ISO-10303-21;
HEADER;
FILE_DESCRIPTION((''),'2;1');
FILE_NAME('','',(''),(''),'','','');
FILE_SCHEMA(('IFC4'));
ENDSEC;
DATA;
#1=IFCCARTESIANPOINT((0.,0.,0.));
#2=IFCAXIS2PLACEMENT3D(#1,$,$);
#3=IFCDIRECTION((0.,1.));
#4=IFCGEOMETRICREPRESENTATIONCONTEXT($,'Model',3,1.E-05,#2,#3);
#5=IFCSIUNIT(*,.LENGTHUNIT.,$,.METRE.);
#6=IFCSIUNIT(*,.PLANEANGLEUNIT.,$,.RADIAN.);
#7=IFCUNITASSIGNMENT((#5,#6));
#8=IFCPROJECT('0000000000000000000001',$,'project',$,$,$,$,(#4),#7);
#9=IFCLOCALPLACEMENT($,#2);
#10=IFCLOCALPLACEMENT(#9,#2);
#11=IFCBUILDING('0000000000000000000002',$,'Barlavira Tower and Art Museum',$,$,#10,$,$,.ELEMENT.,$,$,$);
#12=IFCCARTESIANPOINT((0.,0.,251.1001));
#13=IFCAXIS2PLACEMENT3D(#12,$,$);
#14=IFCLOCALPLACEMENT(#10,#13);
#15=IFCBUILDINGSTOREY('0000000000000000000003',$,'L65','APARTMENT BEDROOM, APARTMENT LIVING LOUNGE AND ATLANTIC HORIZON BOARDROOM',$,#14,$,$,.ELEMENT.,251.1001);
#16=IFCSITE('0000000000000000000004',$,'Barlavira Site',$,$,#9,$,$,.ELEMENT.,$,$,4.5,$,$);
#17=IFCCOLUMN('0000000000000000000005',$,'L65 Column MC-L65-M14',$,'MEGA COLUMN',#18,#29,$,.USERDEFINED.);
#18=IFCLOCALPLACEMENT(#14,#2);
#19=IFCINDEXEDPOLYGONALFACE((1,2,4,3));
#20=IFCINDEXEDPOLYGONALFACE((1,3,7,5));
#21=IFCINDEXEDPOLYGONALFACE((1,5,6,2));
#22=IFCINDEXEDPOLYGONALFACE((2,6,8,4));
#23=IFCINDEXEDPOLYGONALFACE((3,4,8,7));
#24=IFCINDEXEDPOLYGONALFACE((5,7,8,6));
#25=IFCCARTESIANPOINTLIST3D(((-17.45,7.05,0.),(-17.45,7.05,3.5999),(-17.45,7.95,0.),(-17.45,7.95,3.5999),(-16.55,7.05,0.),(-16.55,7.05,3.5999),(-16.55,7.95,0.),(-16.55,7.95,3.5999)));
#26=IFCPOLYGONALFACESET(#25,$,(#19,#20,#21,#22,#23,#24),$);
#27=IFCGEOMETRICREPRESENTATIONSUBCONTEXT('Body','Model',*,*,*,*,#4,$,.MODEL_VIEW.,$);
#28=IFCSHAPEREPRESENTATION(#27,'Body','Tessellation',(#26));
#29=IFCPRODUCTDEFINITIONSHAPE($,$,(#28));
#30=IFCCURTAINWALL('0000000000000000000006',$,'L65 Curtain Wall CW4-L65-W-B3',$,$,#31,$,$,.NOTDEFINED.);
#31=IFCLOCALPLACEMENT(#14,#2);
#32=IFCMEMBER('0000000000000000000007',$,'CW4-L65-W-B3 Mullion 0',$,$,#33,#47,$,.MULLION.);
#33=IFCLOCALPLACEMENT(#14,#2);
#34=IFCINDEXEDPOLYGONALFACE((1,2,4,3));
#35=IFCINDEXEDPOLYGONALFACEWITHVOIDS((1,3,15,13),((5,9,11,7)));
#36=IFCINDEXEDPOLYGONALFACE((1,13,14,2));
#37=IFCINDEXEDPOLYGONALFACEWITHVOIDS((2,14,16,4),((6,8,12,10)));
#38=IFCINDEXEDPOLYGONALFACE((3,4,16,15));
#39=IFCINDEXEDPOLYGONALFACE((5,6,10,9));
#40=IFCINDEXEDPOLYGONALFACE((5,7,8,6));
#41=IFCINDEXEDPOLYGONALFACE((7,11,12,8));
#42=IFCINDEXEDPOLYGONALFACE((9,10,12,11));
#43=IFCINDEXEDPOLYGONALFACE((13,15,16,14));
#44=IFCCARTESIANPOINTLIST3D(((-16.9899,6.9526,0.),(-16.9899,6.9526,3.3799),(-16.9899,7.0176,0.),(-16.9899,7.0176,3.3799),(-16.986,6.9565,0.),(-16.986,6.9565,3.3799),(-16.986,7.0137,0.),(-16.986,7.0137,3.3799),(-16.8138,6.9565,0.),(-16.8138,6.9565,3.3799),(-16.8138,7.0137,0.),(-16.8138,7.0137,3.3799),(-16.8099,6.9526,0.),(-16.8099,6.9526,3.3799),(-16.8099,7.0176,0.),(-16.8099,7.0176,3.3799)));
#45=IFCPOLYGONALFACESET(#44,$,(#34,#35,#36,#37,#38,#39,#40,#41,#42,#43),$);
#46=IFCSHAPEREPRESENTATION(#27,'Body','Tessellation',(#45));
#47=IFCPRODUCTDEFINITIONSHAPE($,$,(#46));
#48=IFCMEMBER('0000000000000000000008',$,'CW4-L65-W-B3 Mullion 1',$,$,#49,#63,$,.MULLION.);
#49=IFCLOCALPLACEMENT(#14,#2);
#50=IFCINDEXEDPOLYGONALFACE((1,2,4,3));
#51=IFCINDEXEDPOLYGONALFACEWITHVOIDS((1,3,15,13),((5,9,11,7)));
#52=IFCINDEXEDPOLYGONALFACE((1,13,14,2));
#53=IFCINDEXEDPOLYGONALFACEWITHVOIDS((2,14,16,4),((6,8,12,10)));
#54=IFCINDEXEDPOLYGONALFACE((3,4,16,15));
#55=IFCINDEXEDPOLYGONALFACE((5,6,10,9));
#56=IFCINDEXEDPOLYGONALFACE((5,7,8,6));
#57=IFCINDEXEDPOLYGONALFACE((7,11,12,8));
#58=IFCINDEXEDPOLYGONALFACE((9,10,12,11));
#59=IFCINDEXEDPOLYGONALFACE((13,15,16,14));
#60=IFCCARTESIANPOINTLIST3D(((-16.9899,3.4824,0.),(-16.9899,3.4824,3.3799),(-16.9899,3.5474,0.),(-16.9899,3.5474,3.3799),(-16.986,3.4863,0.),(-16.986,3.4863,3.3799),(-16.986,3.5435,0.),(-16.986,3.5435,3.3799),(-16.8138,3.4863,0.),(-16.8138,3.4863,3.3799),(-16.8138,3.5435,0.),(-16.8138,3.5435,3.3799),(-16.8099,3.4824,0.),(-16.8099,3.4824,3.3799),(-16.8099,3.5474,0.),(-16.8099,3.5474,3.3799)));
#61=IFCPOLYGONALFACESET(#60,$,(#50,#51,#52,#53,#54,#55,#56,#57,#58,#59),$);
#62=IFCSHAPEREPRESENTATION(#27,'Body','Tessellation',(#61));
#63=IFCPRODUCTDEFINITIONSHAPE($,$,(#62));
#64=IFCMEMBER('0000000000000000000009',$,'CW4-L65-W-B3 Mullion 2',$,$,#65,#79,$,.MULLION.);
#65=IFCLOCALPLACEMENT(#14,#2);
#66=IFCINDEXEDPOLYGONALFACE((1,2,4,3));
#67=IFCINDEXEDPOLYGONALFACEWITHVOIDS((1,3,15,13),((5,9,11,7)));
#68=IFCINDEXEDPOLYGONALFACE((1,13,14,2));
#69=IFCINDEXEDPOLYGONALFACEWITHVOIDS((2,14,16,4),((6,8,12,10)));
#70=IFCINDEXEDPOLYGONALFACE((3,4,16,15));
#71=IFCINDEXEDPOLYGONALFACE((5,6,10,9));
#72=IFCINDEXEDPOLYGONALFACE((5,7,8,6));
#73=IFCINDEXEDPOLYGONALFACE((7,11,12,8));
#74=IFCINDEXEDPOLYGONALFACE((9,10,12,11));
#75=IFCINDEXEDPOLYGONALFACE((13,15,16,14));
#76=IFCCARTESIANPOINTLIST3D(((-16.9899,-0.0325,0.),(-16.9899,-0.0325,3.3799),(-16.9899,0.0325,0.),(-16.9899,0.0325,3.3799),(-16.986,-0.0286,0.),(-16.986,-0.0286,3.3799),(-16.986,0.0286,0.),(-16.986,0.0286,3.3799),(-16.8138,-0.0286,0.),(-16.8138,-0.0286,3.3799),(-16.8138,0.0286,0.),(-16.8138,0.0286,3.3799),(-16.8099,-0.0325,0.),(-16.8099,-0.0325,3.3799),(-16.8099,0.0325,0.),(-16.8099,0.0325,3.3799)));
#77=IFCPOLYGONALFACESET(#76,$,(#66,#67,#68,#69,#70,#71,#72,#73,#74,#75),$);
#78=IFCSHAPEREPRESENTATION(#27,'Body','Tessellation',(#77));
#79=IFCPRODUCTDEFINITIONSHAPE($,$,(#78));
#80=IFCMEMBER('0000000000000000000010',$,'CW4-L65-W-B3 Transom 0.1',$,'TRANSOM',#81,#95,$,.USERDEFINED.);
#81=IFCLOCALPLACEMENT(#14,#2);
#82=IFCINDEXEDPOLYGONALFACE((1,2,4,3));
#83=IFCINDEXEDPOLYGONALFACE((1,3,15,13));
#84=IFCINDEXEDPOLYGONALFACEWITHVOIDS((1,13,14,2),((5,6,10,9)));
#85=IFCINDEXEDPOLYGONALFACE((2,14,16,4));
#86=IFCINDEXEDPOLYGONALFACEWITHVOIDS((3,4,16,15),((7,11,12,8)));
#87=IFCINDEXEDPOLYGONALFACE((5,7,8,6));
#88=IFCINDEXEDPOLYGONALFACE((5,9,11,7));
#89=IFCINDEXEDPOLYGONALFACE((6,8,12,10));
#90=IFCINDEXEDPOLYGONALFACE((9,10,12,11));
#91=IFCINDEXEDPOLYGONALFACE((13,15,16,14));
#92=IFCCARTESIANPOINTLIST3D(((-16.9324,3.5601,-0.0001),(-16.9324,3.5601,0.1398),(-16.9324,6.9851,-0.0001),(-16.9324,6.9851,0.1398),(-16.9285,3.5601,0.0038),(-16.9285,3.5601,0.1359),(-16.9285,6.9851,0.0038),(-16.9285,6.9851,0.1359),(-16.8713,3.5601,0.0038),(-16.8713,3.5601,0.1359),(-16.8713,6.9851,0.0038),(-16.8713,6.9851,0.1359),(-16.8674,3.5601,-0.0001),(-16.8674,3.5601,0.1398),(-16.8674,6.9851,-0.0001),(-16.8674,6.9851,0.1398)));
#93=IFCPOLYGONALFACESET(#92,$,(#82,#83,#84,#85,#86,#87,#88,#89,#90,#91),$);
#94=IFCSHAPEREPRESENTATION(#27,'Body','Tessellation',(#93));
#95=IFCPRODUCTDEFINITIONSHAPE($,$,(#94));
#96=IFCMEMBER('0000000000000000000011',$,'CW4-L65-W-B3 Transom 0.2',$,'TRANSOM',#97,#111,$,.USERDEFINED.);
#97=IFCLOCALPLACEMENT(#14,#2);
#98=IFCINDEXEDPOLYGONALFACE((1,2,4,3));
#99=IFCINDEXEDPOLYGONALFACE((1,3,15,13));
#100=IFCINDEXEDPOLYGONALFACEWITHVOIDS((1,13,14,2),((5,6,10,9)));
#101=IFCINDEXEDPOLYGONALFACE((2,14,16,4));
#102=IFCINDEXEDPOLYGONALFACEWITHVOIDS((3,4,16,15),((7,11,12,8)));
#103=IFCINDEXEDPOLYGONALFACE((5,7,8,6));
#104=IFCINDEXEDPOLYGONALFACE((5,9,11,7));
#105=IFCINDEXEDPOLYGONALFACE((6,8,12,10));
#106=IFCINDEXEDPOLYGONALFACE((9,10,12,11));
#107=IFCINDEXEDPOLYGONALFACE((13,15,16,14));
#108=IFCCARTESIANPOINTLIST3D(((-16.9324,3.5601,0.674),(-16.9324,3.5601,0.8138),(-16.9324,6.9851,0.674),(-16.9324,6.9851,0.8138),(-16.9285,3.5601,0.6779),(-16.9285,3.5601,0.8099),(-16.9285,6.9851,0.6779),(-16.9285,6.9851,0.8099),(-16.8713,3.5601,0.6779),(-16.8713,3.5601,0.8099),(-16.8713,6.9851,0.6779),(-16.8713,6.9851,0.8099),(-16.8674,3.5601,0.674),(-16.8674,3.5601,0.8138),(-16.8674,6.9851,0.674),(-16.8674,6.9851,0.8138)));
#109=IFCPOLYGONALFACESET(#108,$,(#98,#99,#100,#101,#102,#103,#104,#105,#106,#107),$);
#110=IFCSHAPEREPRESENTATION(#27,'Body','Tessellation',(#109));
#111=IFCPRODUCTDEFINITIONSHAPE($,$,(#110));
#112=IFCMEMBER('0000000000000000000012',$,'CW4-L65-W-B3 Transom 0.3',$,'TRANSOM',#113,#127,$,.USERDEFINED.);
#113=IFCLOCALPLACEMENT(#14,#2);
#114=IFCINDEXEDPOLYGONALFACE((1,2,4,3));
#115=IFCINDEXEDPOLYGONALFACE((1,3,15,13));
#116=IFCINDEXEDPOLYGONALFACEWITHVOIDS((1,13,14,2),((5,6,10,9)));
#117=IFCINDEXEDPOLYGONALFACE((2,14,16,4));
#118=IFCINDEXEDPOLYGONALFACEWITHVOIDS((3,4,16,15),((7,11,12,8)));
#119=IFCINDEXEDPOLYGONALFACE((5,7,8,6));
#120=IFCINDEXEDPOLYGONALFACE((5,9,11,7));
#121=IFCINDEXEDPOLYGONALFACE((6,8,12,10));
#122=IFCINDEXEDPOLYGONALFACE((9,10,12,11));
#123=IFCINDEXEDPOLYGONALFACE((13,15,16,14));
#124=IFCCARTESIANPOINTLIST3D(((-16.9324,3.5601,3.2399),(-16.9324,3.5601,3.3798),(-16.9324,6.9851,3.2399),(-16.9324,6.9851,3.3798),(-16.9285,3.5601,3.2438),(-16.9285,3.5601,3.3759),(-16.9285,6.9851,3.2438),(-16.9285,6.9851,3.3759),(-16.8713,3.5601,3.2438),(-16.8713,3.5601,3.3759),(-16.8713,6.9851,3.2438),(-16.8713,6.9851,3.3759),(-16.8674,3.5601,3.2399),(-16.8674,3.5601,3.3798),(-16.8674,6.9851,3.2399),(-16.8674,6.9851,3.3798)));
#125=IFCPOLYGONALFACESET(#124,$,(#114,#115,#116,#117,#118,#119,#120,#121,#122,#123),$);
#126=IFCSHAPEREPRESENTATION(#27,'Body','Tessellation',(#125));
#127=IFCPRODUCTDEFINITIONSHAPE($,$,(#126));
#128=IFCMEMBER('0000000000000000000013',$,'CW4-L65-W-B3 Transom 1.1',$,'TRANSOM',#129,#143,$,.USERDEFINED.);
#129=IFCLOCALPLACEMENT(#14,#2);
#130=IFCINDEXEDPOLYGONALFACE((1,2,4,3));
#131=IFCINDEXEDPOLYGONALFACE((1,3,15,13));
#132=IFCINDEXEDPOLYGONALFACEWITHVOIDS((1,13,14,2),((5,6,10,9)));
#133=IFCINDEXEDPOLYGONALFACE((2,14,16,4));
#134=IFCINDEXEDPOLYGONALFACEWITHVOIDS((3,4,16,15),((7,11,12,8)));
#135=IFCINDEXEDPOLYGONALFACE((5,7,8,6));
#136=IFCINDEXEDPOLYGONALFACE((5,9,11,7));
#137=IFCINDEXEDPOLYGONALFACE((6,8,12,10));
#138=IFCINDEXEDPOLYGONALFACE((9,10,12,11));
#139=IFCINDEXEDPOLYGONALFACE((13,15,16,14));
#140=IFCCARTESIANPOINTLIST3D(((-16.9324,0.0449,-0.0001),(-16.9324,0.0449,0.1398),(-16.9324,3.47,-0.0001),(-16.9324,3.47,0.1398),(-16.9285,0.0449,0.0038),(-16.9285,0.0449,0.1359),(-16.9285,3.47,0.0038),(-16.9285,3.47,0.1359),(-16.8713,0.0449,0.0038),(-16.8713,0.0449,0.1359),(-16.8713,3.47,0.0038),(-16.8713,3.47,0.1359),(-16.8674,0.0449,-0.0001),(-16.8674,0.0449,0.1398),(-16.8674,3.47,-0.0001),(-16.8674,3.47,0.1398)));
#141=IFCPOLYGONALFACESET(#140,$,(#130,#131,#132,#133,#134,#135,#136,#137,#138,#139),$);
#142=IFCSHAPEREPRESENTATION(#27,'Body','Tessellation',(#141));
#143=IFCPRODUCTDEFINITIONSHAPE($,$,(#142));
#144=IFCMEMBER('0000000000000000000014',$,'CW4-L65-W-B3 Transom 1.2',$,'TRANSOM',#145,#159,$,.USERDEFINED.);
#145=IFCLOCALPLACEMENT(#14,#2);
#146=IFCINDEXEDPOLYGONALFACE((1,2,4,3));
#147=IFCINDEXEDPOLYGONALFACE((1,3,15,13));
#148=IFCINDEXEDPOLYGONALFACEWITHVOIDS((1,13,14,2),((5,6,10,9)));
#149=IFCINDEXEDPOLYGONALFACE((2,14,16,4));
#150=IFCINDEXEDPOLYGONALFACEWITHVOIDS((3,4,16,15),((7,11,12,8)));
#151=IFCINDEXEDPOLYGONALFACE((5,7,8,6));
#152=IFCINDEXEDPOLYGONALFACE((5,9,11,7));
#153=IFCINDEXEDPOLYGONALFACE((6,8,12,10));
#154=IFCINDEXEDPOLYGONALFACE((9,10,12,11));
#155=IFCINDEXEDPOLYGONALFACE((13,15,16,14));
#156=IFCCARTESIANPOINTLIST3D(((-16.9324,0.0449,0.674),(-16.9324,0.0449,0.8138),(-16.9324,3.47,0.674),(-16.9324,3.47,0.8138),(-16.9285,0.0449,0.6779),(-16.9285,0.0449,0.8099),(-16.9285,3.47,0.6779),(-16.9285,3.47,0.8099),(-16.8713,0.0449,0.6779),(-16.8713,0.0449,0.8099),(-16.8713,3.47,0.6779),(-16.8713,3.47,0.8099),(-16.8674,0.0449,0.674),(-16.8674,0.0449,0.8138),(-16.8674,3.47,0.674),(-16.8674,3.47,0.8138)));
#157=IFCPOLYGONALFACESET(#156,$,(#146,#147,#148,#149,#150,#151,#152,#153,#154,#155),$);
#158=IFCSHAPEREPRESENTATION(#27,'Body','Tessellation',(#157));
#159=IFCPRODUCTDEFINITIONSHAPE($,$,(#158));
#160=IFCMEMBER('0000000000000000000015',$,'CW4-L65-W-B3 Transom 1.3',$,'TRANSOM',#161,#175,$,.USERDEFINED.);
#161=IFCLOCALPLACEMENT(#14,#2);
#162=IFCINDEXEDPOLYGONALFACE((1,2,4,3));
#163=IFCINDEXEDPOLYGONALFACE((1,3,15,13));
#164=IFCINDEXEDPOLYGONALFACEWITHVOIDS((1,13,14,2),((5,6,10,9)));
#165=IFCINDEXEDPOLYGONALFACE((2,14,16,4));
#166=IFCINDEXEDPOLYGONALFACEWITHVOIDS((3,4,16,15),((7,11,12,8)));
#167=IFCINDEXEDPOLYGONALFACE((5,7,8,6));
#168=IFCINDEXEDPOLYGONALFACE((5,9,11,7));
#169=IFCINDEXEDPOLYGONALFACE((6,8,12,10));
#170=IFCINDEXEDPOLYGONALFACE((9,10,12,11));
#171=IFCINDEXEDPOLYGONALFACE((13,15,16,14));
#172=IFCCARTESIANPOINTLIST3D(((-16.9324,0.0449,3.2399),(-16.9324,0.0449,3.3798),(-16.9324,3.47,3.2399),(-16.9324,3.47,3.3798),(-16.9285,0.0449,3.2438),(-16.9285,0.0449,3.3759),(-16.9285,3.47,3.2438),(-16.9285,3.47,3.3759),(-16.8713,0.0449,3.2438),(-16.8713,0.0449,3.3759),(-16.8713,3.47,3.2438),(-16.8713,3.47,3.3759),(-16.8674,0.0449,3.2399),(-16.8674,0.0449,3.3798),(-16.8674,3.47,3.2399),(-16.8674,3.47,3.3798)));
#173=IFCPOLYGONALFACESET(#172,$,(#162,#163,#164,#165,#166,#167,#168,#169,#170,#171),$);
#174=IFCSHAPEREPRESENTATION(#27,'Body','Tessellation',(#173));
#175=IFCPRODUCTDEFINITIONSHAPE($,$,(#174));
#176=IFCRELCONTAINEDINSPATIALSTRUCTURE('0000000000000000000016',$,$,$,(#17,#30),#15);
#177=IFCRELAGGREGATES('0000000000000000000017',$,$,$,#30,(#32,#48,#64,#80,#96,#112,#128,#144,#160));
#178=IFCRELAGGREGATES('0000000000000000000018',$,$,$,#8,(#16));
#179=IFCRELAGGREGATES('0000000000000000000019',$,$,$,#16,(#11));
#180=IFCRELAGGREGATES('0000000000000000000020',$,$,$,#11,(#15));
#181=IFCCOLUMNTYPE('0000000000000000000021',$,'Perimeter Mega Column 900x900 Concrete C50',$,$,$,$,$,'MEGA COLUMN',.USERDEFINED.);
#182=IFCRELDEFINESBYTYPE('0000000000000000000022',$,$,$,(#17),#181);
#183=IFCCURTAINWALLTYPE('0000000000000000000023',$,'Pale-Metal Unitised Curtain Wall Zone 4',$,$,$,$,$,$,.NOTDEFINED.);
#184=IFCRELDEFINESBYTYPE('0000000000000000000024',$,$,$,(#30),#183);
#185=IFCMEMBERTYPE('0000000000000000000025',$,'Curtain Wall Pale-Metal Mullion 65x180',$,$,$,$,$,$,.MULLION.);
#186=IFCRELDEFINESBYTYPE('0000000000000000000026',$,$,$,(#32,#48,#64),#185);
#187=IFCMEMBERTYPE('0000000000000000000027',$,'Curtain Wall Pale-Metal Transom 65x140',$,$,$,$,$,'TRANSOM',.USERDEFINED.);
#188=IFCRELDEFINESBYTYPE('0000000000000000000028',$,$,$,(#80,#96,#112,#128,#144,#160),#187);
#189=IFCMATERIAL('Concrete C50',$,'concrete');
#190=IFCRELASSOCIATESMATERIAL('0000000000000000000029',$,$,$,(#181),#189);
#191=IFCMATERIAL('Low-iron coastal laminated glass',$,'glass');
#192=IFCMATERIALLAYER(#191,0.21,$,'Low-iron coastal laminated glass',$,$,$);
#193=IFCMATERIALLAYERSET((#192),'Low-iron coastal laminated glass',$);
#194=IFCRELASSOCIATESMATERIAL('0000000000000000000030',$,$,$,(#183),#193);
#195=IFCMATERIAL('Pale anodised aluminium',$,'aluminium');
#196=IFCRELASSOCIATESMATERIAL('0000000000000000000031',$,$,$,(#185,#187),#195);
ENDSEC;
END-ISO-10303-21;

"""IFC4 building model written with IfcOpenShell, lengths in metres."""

from ifc_helpers import new_model, si_unit, direction, frame, origin, origin_2d, place, context, subcontext, project, spatial, rectangle, hollow_rectangle, extrude, material, layer, layer_set, material_profile, profile_set, type_object, element, aggregate, save


model = new_model("IFC4")

# Units and contexts
model_context = context("Model", 3, precision=1e-05, world=origin(), true_north=direction((0.0, 1.0)))
body_context = subcontext(model_context, "Body", "Model", "MODEL_VIEW")
ifc_project = project(units=[si_unit("LENGTHUNIT", "METRE"), si_unit("PLANEANGLEUNIT", "RADIAN")], contexts=[model_context])

# Site, building, storey
site_placement = place(None, origin())
site = spatial("IfcSite", under=ifc_project, at=site_placement, Name="Barlavira Site", CompositionType="ELEMENT", RefElevation=4.5)
building_placement = place(site_placement, origin())
building = spatial("IfcBuilding", under=site, at=building_placement, Name="Barlavira Tower and Art Museum", CompositionType="ELEMENT")
storey_placement = place(building_placement, frame((0.0, 0.0, 251.1001)))
storey = spatial("IfcBuildingStorey", under=building, at=storey_placement, Name="L65", Description="APARTMENT BEDROOM, APARTMENT LIVING LOUNGE AND ATLANTIC HORIZON BOARDROOM", CompositionType="ELEMENT", Elevation=251.1001)

# Column
ifc_material_1 = material(Name="Concrete C50", Category="concrete")
ifc_material_profile_1 = material_profile(ifc_material_1, rectangle(XDim=0.8999, YDim=0.8999, at=origin_2d()), Name="RC-COL 900x900")
ifc_profile_set_1 = profile_set([ifc_material_profile_1], Name="Concrete C50")
column_type = type_object("IfcColumnType", Name="Perimeter Mega Column 900x900 Concrete C50", ElementType="MEGA COLUMN", PredefinedType="USERDEFINED", material=ifc_profile_set_1)
column_placement = place(storey_placement, frame((-17.0, 7.5, 0.0), z_axis=(0.0, 0.0, 1.0), x_axis=(1.0, 0.0, 0.0)))
element("IfcColumn", 1, at=column_placement, inside=storey, type_object=column_type, Name="L65 Column MC-L65-M14", ObjectType="MEGA COLUMN", PredefinedType="USERDEFINED", context=body_context, shape_type="SweptSolid", body=[
    extrude(rectangle(XDim=0.8999, YDim=0.8999, at=origin_2d()), origin(), (0.0, 0.0, 1.0), 3.5999),
])

# Curtain wall, members
ifc_material_2 = material(Name="Low-iron coastal laminated glass", Category="glass")
ifc_layer_1 = layer(ifc_material_2, 0.21, Name="Low-iron coastal laminated glass")
ifc_layer_set_1 = layer_set([ifc_layer_1], Name="Low-iron coastal laminated glass")
curtain_wall_type = type_object("IfcCurtainWallType", Name="Pale-Metal Unitised Curtain Wall Zone 4", PredefinedType="NOTDEFINED", material=ifc_layer_set_1)
curtain_wall_placement = place(storey_placement, origin())
curtain_wall = element("IfcCurtainWall", 2, at=curtain_wall_placement, inside=storey, type_object=curtain_wall_type, Name="L65 Curtain Wall CW4-L65-W-B3", PredefinedType="NOTDEFINED")
ifc_material_3 = material(Name="Pale anodised aluminium", Category="aluminium")
ifc_material_profile_2 = material_profile(ifc_material_3, hollow_rectangle(XDim=0.0649, YDim=0.1799, WallThickness=0.0039, at=origin_2d()), Name="ALU-MULL 65x180x4")
ifc_profile_set_2 = profile_set([ifc_material_profile_2], Name="Pale anodised aluminium")
member_type_1 = type_object("IfcMemberType", Name="Curtain Wall Pale-Metal Mullion 65x180", PredefinedType="MULLION", material=ifc_profile_set_2)
member_1_placement = place(storey_placement, frame((-16.8999, 6.9851, 0.0), z_axis=(0.0, 0.0, 1.0), x_axis=(0.0, -1.0, 0.0)))
member_1 = element("IfcMember", 3, at=member_1_placement, type_object=member_type_1, Name="CW4-L65-W-B3 Mullion 0", PredefinedType="MULLION", context=body_context, shape_type="SweptSolid", body=[
    extrude(hollow_rectangle(XDim=0.0649, YDim=0.1799, WallThickness=0.0039, at=origin_2d()), origin(), (0.0, 0.0, 1.0), 3.3799),
])
member_2_placement = place(storey_placement, frame((-16.8999, 3.5149, 0.0), z_axis=(0.0, 0.0, 1.0), x_axis=(0.0, -1.0, 0.0)))
member_2 = element("IfcMember", 4, at=member_2_placement, type_object=member_type_1, Name="CW4-L65-W-B3 Mullion 1", PredefinedType="MULLION", context=body_context, shape_type="SweptSolid", body=[
    extrude(hollow_rectangle(XDim=0.0649, YDim=0.1799, WallThickness=0.0039, at=origin_2d()), origin(), (0.0, 0.0, 1.0), 3.3799),
])
member_3_placement = place(storey_placement, frame((-16.8999, 0.0, 0.0), z_axis=(0.0, 0.0, 1.0), x_axis=(0.0, -1.0, 0.0)))
member_3 = element("IfcMember", 5, at=member_3_placement, type_object=member_type_1, Name="CW4-L65-W-B3 Mullion 2", PredefinedType="MULLION", context=body_context, shape_type="SweptSolid", body=[
    extrude(hollow_rectangle(XDim=0.0649, YDim=0.1799, WallThickness=0.0039, at=origin_2d()), origin(), (0.0, 0.0, 1.0), 3.3799),
])
ifc_material_profile_3 = material_profile(ifc_material_3, hollow_rectangle(XDim=0.0649, YDim=0.1399, WallThickness=0.0039, at=origin_2d()), Name="ALU-TRAN 65x140x4")
ifc_profile_set_3 = profile_set([ifc_material_profile_3], Name="Pale anodised aluminium")
member_type_2 = type_object("IfcMemberType", Name="Curtain Wall Pale-Metal Transom 65x140", ElementType="TRANSOM", PredefinedType="USERDEFINED", material=ifc_profile_set_3)
member_4_placement = place(storey_placement, frame((-16.8999, 6.9851, 0.0698), z_axis=(0.0, -1.0, 0.0), x_axis=(1.0, 0.0, 0.0)))
member_4 = element("IfcMember", 6, at=member_4_placement, type_object=member_type_2, Name="CW4-L65-W-B3 Transom 0.1", ObjectType="TRANSOM", PredefinedType="USERDEFINED", context=body_context, shape_type="SweptSolid", body=[
    extrude(hollow_rectangle(XDim=0.0649, YDim=0.1399, WallThickness=0.0039, at=origin_2d()), origin(), (0.0, 0.0, 1.0), 3.425),
])
member_5_placement = place(storey_placement, frame((-16.8999, 6.9851, 0.7439), z_axis=(0.0, -1.0, 0.0), x_axis=(1.0, 0.0, 0.0)))
member_5 = element("IfcMember", 7, at=member_5_placement, type_object=member_type_2, Name="CW4-L65-W-B3 Transom 0.2", ObjectType="TRANSOM", PredefinedType="USERDEFINED", context=body_context, shape_type="SweptSolid", body=[
    extrude(hollow_rectangle(XDim=0.0649, YDim=0.1399, WallThickness=0.0039, at=origin_2d()), origin(), (0.0, 0.0, 1.0), 3.425),
])
member_6_placement = place(storey_placement, frame((-16.8999, 6.9851, 3.3098), z_axis=(0.0, -1.0, 0.0), x_axis=(1.0, 0.0, 0.0)))
member_6 = element("IfcMember", 8, at=member_6_placement, type_object=member_type_2, Name="CW4-L65-W-B3 Transom 0.3", ObjectType="TRANSOM", PredefinedType="USERDEFINED", context=body_context, shape_type="SweptSolid", body=[
    extrude(hollow_rectangle(XDim=0.0649, YDim=0.1399, WallThickness=0.0039, at=origin_2d()), origin(), (0.0, 0.0, 1.0), 3.425),
])
member_7_placement = place(storey_placement, frame((-16.8999, 3.47, 0.0698), z_axis=(0.0, -1.0, 0.0), x_axis=(1.0, 0.0, 0.0)))
member_7 = element("IfcMember", 9, at=member_7_placement, type_object=member_type_2, Name="CW4-L65-W-B3 Transom 1.1", ObjectType="TRANSOM", PredefinedType="USERDEFINED", context=body_context, shape_type="SweptSolid", body=[
    extrude(hollow_rectangle(XDim=0.0649, YDim=0.1399, WallThickness=0.0039, at=origin_2d()), origin(), (0.0, 0.0, 1.0), 3.425),
])
member_8_placement = place(storey_placement, frame((-16.8999, 3.47, 0.7439), z_axis=(0.0, -1.0, 0.0), x_axis=(1.0, 0.0, 0.0)))
member_8 = element("IfcMember", 10, at=member_8_placement, type_object=member_type_2, Name="CW4-L65-W-B3 Transom 1.2", ObjectType="TRANSOM", PredefinedType="USERDEFINED", context=body_context, shape_type="SweptSolid", body=[
    extrude(hollow_rectangle(XDim=0.0649, YDim=0.1399, WallThickness=0.0039, at=origin_2d()), origin(), (0.0, 0.0, 1.0), 3.425),
])
member_9_placement = place(storey_placement, frame((-16.8999, 3.47, 3.3098), z_axis=(0.0, -1.0, 0.0), x_axis=(1.0, 0.0, 0.0)))
member_9 = element("IfcMember", 11, at=member_9_placement, type_object=member_type_2, Name="CW4-L65-W-B3 Transom 1.3", ObjectType="TRANSOM", PredefinedType="USERDEFINED", context=body_context, shape_type="SweptSolid", body=[
    extrude(hollow_rectangle(XDim=0.0649, YDim=0.1399, WallThickness=0.0039, at=origin_2d()), origin(), (0.0, 0.0, 1.0), 3.425),
])

aggregate(curtain_wall, [member_1, member_2, member_3, member_4, member_5, member_6, member_7, member_8, member_9])

save(model, "model.ifc")
